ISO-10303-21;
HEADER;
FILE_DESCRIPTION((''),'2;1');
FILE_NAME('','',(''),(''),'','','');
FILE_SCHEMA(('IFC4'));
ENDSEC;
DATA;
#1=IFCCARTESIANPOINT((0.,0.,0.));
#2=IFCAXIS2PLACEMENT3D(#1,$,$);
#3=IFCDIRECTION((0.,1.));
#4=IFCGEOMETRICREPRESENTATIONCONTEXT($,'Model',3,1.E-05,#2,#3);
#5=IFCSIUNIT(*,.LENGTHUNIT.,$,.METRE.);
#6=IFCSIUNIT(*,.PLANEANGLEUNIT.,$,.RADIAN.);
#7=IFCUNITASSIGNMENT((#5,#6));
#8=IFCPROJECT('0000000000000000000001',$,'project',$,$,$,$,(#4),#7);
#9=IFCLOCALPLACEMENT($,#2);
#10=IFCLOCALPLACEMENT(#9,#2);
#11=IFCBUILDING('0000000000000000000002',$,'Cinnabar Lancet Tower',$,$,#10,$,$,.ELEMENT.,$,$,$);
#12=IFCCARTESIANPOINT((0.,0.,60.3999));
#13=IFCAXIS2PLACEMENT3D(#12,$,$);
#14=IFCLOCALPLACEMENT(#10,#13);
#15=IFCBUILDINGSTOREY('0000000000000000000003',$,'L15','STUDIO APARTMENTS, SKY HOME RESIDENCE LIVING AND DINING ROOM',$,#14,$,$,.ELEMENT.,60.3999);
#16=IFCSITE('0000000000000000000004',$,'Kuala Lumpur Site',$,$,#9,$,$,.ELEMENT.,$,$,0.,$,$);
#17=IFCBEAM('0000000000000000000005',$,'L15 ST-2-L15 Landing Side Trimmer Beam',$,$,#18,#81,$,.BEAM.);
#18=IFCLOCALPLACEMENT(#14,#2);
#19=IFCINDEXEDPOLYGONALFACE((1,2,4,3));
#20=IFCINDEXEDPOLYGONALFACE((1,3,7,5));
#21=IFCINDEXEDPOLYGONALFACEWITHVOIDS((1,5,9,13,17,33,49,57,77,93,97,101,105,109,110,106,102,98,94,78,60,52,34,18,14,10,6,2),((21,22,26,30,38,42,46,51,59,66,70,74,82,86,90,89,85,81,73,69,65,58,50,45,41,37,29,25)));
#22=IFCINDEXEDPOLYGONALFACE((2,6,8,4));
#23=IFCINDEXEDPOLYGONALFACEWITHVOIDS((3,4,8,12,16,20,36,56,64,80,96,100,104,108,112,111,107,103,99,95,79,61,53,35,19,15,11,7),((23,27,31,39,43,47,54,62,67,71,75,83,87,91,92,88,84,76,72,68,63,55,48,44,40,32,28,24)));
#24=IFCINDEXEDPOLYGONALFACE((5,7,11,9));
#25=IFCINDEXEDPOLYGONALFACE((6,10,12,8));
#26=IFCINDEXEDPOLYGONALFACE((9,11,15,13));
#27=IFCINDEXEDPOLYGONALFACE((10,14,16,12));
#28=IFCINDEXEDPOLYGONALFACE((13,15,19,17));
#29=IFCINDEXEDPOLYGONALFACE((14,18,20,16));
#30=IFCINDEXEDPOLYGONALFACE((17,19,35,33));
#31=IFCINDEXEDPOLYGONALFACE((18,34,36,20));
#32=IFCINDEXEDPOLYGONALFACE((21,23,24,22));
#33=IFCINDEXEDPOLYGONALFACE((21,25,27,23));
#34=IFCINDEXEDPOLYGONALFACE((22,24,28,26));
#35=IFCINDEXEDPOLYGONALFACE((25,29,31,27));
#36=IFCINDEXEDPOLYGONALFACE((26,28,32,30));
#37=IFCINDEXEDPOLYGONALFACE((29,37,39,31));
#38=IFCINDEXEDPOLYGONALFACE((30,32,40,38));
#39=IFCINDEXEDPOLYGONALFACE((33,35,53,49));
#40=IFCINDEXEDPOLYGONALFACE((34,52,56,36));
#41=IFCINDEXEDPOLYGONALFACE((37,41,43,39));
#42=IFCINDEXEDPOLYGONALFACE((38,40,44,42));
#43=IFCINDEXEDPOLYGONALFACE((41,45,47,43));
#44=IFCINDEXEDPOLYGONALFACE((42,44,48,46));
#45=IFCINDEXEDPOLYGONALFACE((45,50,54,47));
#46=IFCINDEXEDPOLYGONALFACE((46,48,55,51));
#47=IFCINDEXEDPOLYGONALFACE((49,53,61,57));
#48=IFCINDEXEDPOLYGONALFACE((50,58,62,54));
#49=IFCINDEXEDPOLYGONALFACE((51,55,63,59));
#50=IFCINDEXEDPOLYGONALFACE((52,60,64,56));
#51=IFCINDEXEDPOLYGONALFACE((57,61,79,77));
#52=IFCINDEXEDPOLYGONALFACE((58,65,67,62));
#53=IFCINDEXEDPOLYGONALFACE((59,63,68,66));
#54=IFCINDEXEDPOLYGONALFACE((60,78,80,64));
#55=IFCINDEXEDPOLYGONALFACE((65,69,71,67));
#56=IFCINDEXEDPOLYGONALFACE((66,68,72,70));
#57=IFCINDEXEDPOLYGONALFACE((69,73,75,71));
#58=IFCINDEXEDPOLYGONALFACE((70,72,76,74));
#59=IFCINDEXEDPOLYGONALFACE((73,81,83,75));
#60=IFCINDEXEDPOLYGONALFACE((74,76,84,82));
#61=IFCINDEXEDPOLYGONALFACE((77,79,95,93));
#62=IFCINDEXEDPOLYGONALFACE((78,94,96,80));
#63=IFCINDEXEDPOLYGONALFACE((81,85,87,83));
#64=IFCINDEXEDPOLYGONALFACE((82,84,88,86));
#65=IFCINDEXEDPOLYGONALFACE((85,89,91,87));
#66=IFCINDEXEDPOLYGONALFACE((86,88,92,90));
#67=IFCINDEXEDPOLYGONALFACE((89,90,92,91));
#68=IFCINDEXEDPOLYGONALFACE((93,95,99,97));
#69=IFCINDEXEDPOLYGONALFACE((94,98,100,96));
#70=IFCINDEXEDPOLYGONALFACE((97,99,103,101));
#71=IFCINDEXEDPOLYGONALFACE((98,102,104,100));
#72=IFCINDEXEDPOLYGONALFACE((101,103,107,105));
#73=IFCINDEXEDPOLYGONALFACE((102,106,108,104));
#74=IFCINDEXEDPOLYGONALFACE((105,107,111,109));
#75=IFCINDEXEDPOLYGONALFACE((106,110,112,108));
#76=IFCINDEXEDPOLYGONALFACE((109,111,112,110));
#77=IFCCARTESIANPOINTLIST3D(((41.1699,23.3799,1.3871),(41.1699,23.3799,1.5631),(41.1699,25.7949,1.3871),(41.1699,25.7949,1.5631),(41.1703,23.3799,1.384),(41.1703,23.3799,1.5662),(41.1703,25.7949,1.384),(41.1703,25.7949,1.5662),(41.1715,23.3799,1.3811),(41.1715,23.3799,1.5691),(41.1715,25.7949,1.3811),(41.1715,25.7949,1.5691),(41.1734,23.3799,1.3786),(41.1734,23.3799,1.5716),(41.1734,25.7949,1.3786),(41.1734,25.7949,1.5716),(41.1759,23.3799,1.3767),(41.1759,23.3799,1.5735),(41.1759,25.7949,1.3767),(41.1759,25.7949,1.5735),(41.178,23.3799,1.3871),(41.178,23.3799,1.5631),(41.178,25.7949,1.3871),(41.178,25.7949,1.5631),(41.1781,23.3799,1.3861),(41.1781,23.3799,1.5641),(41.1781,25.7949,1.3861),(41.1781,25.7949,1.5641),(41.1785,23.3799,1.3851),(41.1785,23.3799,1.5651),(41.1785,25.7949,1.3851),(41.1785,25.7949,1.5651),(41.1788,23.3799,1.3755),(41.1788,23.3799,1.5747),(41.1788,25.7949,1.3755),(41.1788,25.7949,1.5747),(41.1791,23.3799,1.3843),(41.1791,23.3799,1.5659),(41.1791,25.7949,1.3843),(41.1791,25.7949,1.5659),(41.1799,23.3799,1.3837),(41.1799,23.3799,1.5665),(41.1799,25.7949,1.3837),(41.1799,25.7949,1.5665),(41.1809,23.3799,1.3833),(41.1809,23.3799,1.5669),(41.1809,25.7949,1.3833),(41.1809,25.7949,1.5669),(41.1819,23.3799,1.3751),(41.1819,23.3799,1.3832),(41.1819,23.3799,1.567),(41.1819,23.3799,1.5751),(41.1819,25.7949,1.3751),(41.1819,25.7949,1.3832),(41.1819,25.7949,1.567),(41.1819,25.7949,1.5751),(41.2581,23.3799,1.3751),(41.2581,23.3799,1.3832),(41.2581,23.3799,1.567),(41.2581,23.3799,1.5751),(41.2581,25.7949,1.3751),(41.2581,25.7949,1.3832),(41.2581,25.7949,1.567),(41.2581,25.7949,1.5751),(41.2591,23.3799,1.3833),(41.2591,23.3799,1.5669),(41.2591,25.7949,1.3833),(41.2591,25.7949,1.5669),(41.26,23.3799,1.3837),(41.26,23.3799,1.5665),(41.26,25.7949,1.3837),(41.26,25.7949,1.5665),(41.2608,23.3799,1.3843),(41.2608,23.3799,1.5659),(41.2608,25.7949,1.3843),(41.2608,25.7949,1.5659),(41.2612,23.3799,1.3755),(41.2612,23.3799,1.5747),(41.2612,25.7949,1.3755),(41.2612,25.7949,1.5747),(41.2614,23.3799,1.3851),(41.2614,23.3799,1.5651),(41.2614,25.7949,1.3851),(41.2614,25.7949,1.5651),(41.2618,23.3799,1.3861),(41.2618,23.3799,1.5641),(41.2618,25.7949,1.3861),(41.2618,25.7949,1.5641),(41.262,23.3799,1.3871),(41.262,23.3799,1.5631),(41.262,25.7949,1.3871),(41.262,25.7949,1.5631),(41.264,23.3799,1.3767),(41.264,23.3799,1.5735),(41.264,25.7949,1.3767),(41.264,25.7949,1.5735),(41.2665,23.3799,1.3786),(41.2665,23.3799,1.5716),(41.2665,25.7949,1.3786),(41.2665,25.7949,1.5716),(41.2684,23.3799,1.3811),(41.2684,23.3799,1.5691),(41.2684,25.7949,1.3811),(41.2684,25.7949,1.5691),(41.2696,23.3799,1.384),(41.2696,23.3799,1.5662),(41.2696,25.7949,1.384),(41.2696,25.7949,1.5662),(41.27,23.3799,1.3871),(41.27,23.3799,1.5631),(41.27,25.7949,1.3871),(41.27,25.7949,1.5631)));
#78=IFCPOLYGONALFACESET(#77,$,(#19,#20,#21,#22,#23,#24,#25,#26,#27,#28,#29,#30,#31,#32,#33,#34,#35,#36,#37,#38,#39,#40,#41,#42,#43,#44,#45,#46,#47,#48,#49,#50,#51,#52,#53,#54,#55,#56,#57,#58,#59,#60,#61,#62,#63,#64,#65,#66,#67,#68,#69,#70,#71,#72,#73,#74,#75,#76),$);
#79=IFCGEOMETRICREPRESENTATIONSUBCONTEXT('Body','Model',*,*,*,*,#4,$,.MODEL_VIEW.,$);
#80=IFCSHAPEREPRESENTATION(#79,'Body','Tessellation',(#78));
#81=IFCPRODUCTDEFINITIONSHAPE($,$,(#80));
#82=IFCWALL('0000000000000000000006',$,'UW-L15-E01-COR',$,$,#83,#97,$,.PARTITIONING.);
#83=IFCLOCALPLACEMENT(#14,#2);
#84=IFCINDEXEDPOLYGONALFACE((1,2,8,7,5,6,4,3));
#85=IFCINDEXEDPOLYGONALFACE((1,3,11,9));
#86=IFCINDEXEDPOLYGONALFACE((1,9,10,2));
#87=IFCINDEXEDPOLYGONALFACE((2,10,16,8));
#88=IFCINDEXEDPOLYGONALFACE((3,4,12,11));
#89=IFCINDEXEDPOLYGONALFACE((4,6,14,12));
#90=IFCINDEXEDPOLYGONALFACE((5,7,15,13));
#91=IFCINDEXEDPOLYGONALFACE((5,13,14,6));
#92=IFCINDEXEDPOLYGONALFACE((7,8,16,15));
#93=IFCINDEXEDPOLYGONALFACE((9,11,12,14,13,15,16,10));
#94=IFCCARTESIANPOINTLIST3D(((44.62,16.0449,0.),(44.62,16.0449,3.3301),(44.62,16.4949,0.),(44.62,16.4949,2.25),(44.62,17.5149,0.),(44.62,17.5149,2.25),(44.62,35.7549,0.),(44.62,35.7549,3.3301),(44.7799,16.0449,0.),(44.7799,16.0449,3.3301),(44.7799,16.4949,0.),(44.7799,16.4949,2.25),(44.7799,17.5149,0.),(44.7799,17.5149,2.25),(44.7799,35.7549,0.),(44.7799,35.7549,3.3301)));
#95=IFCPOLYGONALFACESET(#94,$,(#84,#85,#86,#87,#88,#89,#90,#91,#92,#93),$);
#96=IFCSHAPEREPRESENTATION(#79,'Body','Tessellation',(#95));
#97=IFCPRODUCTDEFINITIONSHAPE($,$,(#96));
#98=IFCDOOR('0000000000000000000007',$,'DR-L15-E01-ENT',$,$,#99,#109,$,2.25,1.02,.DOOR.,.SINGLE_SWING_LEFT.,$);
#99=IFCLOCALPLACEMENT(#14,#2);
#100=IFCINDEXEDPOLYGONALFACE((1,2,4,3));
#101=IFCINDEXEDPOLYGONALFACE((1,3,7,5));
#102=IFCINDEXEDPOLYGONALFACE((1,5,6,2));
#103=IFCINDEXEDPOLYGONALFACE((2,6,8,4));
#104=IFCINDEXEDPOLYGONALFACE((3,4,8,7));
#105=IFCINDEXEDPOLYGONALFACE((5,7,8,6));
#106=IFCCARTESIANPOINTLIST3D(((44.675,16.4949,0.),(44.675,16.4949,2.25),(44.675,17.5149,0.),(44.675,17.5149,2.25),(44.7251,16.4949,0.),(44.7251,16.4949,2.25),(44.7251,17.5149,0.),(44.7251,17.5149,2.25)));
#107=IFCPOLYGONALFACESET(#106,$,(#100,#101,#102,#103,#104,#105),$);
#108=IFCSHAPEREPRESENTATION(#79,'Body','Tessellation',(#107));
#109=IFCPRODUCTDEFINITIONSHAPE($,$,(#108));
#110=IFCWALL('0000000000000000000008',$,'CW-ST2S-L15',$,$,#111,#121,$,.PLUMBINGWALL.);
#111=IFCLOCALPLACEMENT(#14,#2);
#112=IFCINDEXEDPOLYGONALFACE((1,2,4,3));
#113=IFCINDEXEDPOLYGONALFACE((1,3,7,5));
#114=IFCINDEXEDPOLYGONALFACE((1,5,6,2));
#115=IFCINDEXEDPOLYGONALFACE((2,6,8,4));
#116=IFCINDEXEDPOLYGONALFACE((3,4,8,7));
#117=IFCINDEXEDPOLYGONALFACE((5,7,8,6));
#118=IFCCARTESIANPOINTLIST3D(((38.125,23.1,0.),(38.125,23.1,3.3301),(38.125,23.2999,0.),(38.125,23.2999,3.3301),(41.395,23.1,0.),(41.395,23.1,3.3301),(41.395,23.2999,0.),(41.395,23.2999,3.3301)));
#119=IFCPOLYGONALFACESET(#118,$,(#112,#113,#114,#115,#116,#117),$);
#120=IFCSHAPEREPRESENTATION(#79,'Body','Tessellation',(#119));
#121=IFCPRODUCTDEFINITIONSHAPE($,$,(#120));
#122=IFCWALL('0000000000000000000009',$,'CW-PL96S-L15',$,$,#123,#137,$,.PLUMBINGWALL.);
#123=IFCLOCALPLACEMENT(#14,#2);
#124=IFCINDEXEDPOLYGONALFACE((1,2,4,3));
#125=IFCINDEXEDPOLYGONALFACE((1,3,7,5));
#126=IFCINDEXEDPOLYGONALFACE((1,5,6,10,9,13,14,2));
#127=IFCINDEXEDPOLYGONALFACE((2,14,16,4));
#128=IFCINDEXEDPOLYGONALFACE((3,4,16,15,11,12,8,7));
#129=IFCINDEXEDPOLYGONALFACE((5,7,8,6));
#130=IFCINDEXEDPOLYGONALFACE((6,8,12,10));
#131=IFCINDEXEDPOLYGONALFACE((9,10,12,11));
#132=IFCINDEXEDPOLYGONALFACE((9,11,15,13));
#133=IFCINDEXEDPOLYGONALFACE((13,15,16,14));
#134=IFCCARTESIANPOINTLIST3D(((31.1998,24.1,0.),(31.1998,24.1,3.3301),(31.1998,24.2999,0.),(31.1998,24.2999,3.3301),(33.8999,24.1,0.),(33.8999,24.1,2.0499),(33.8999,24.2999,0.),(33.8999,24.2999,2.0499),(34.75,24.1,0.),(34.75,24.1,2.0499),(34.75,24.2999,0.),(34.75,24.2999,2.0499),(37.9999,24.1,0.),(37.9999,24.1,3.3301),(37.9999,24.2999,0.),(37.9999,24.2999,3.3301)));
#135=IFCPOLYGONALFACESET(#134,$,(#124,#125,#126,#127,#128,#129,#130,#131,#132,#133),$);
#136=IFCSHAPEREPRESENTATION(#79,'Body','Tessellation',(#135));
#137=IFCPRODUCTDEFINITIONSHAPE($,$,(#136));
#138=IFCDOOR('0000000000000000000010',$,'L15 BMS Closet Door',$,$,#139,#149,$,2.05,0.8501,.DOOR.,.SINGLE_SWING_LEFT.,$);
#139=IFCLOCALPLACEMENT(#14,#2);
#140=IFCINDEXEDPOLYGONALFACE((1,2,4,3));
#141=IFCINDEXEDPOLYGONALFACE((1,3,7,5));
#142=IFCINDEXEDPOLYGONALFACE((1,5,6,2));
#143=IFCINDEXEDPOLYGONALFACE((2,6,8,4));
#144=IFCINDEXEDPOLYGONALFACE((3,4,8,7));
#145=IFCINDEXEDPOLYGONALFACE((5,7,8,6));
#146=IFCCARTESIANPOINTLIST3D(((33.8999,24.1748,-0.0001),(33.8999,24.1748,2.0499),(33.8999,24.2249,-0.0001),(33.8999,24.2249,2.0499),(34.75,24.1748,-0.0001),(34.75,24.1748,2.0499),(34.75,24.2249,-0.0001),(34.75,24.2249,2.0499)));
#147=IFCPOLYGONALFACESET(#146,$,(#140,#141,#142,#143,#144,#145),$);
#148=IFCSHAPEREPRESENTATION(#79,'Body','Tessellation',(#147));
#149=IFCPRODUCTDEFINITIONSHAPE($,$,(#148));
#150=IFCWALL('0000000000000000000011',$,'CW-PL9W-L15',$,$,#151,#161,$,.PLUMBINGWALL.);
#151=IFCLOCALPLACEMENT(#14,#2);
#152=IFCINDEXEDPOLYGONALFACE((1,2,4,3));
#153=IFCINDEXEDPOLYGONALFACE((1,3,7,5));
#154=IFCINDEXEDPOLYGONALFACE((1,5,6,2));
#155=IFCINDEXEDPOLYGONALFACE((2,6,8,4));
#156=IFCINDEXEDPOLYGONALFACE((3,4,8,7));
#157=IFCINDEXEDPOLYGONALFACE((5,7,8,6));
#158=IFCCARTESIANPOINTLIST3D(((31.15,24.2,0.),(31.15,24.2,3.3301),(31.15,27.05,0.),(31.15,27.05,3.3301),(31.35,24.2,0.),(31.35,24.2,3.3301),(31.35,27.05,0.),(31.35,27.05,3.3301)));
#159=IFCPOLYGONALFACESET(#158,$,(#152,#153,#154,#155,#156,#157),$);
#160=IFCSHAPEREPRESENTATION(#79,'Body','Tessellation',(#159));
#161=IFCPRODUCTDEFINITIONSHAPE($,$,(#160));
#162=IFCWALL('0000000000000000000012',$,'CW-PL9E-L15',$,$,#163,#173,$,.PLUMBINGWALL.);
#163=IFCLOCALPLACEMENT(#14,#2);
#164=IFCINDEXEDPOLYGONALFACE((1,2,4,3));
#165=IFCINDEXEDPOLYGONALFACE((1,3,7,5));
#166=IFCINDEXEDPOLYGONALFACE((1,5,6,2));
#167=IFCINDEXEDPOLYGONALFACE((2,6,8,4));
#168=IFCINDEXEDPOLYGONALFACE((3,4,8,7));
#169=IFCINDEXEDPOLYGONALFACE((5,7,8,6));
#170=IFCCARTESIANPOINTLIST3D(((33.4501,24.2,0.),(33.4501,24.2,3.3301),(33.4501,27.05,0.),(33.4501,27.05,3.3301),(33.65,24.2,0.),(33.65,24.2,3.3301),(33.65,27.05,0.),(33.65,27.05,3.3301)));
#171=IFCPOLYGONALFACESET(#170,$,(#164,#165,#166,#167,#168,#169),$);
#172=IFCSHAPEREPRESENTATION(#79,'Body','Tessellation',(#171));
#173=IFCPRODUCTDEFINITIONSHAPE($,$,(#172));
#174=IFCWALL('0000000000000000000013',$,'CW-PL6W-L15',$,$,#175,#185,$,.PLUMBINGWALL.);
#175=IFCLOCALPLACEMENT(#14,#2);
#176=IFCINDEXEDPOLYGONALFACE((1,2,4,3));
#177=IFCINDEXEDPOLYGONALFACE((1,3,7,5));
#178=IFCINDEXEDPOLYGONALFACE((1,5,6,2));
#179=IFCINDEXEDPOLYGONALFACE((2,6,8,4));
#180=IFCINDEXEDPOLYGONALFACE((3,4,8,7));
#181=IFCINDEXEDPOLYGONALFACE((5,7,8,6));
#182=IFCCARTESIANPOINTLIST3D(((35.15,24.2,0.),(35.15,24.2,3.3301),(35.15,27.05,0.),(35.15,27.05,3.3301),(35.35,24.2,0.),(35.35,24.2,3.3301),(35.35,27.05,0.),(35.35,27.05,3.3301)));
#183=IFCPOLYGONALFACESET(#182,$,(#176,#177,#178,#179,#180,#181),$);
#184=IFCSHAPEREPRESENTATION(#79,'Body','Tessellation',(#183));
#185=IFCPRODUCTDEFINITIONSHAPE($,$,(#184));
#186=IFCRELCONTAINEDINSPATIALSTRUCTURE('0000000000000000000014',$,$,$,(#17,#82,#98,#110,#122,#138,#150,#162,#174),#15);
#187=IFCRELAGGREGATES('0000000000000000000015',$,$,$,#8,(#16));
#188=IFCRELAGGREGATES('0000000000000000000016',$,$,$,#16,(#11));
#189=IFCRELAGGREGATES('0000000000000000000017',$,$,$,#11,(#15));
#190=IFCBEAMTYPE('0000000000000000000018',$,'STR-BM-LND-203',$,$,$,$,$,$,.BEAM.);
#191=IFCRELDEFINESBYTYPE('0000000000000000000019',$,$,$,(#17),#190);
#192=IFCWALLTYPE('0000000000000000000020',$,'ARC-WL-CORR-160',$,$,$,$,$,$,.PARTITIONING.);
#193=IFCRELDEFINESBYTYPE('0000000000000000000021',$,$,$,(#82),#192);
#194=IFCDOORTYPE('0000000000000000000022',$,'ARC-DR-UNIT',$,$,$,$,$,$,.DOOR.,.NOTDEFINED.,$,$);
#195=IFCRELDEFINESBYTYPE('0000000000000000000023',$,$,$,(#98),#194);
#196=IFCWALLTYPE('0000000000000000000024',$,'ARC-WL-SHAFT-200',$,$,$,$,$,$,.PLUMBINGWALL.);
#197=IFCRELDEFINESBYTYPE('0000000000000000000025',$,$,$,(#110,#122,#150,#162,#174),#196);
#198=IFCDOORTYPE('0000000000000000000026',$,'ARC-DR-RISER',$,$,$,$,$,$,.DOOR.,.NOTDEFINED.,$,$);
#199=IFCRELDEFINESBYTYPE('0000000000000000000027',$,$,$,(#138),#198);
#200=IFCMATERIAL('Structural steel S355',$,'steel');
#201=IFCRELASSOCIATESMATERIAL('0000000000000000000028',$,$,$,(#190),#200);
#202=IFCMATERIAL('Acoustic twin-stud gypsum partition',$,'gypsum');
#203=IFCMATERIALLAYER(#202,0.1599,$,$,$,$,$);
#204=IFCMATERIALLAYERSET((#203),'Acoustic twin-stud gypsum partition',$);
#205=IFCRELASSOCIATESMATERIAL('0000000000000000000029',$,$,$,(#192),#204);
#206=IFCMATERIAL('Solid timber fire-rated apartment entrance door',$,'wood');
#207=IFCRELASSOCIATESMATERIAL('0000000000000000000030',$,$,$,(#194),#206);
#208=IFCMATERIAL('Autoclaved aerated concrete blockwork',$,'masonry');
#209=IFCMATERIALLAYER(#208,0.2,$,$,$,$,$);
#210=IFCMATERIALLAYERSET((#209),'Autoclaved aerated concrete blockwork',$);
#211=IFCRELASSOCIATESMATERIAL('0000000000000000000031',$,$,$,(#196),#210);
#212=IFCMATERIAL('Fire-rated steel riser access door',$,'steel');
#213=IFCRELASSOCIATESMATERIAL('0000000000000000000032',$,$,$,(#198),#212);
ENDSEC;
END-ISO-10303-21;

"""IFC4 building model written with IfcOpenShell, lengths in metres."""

from ifc_helpers import new_model, si_unit, direction, frame, frame_2d, origin, origin_2d, place, context, subcontext, project, spatial, rectangle, hollow_rectangle, extrude, material, layer, layer_set, material_profile, profile_set, type_object, element, fill, save


model = new_model("IFC4")

# Units and contexts
model_context = context("Model", 3, precision=1e-05, world=origin(), true_north=direction((0.0, 1.0)))
body_context = subcontext(model_context, "Body", "Model", "MODEL_VIEW")
ifc_project = project(units=[si_unit("LENGTHUNIT", "METRE"), si_unit("PLANEANGLEUNIT", "RADIAN")], contexts=[model_context])

# Site, building, storey
site_placement = place(None, origin())
site = spatial("IfcSite", under=ifc_project, at=site_placement, Name="Kuala Lumpur Site", CompositionType="ELEMENT", RefElevation=0.0)
building_placement = place(site_placement, origin())
building = spatial("IfcBuilding", under=site, at=building_placement, Name="Cinnabar Lancet Tower", CompositionType="ELEMENT")
storey_placement = place(building_placement, frame((0.0, 0.0, 60.3999)))
storey = spatial("IfcBuildingStorey", under=building, at=storey_placement, Name="L15", Description="STUDIO APARTMENTS, SKY HOME RESIDENCE LIVING AND DINING ROOM", CompositionType="ELEMENT", Elevation=60.3999)

# Beam
ifc_material_1 = material(Name="Structural steel S355", Category="steel")
ifc_material_profile_1 = material_profile(ifc_material_1, hollow_rectangle(XDim=0.1001, YDim=0.2, WallThickness=0.0081, InnerFilletRadius=0.0039, OuterFilletRadius=0.012, at=origin_2d()), Name="RHS 200x100x8")
ifc_profile_set_1 = profile_set([ifc_material_profile_1], Name="Structural steel S355")
beam_type = type_object("IfcBeamType", Name="STR-BM-LND-203", PredefinedType="BEAM", material=ifc_profile_set_1)
beam_placement = place(storey_placement, frame((41.22, 23.3799, 1.4751), z_axis=(0.0, 1.0, 0.0), x_axis=(-1.0, 0.0, 0.0)))
element("IfcBeam", 1, at=beam_placement, inside=storey, type_object=beam_type, Name="L15 ST-2-L15 Landing Side Trimmer Beam", PredefinedType="BEAM", context=body_context, shape_type="SweptSolid", body=[
    extrude(hollow_rectangle(XDim=0.1001, YDim=0.2, WallThickness=0.0081, InnerFilletRadius=0.0039, OuterFilletRadius=0.012, at=origin_2d()), origin(), (0.0, 0.0, 1.0), 2.415),
])

# Wall, opening, door
ifc_material_2 = material(Name="Acoustic twin-stud gypsum partition", Category="gypsum")
ifc_layer_1 = layer(ifc_material_2, 0.1599)
ifc_layer_set_1 = layer_set([ifc_layer_1], Name="Acoustic twin-stud gypsum partition")
wall_type_1 = type_object("IfcWallType", Name="ARC-WL-CORR-160", PredefinedType="PARTITIONING", material=ifc_layer_set_1)
wall_1_placement = place(storey_placement, frame((44.7, 16.0449, 0.0), z_axis=(0.0, 0.0, 1.0), x_axis=(0.0, 1.0, 0.0)))
wall_1 = element("IfcWall", 2, at=wall_1_placement, inside=storey, type_object=wall_type_1, Name="UW-L15-E01-COR", PredefinedType="PARTITIONING", context=body_context, shape_type="SweptSolid", body=[
    extrude(rectangle(XDim=19.71, YDim=0.1599, at=frame_2d((9.855, 0.0))), origin(), (0.0, 0.0, 1.0), 3.3301),
])
opening_1_placement = place(wall_1_placement, frame((0.45, 0.0, 0.0)))
opening_1 = element("IfcOpeningElement", 3, at=opening_1_placement, cuts=wall_1, PredefinedType="OPENING", context=body_context, shape_type="SweptSolid", body=[
    extrude(rectangle(XDim=1.02, YDim=2.25, at=frame_2d((0.51, 1.125))), frame((0.0, 0.0898, 0.0), z_axis=(0.0, -1.0, 0.0), x_axis=(1.0, 0.0, 0.0)), (0.0, 0.0, 1.0), 0.1799),
])
ifc_material_3 = material(Name="Solid timber fire-rated apartment entrance door", Category="wood")
door_type_1 = type_object("IfcDoorType", Name="ARC-DR-UNIT", OperationType="NOTDEFINED", PredefinedType="DOOR", material=ifc_material_3)
door_1_placement = place(opening_1_placement, origin())
door_1 = element("IfcDoor", 4, at=door_1_placement, inside=storey, type_object=door_type_1, Name="DR-L15-E01-ENT", OperationType="SINGLE_SWING_LEFT", OverallHeight=2.25, OverallWidth=1.02, PredefinedType="DOOR", context=body_context, shape_type="SweptSolid", body=[
    extrude(rectangle(XDim=1.02, YDim=2.25, at=frame_2d((0.51, 1.125))), frame((0.0, 0.0249, 0.0), z_axis=(0.0, -1.0, 0.0), x_axis=(1.0, 0.0, 0.0)), (0.0, 0.0, 1.0), 0.05),
])
fill(opening_1, door_1)

# Wall
ifc_material_4 = material(Name="Autoclaved aerated concrete blockwork", Category="masonry")
ifc_layer_2 = layer(ifc_material_4, 0.2)
ifc_layer_set_2 = layer_set([ifc_layer_2], Name="Autoclaved aerated concrete blockwork")
wall_type_2 = type_object("IfcWallType", Name="ARC-WL-SHAFT-200", PredefinedType="PLUMBINGWALL", material=ifc_layer_set_2)
wall_2_placement = place(storey_placement, frame((38.125, 23.2, 0.0), z_axis=(0.0, 0.0, 1.0), x_axis=(1.0, 0.0, 0.0)))
element("IfcWall", 5, at=wall_2_placement, inside=storey, type_object=wall_type_2, Name="CW-ST2S-L15", PredefinedType="PLUMBINGWALL", context=body_context, shape_type="SweptSolid", body=[
    extrude(rectangle(XDim=3.27, YDim=0.2, at=frame_2d((1.635, 0.0))), origin(), (0.0, 0.0, 1.0), 3.3301),
])

# Wall, opening, door
wall_3_placement = place(storey_placement, frame((31.2, 24.2, 0.0), z_axis=(0.0, 0.0, 1.0), x_axis=(1.0, 0.0, 0.0)))
wall_3 = element("IfcWall", 6, at=wall_3_placement, inside=storey, type_object=wall_type_2, Name="CW-PL96S-L15", PredefinedType="PLUMBINGWALL", context=body_context, shape_type="SweptSolid", body=[
    extrude(rectangle(XDim=6.8, YDim=0.2, at=frame_2d((3.3999, 0.0))), origin(), (0.0, 0.0, 1.0), 3.3301),
])
opening_2_placement = place(wall_3_placement, frame((2.7, 0.0, 0.0)))
opening_2 = element("IfcOpeningElement", 7, at=opening_2_placement, cuts=wall_3, PredefinedType="OPENING", context=body_context, shape_type="SweptSolid", body=[
    extrude(rectangle(XDim=0.8501, YDim=2.05, at=frame_2d((0.425, 1.0249))), frame((0.0, 0.1099, 0.0), z_axis=(0.0, -1.0, 0.0), x_axis=(1.0, 0.0, 0.0)), (0.0, 0.0, 1.0), 0.22),
])
ifc_material_5 = material(Name="Fire-rated steel riser access door", Category="steel")
door_type_2 = type_object("IfcDoorType", Name="ARC-DR-RISER", OperationType="NOTDEFINED", PredefinedType="DOOR", material=ifc_material_5)
door_2_placement = place(opening_2_placement, origin())
door_2 = element("IfcDoor", 8, at=door_2_placement, inside=storey, type_object=door_type_2, Name="L15 BMS Closet Door", OperationType="SINGLE_SWING_LEFT", OverallHeight=2.05, OverallWidth=0.8501, PredefinedType="DOOR", context=body_context, shape_type="SweptSolid", body=[
    extrude(rectangle(XDim=0.8501, YDim=2.05, at=frame_2d((0.425, 1.0249))), frame((0.0, 0.0249, 0.0), z_axis=(0.0, -1.0, 0.0), x_axis=(1.0, 0.0, 0.0)), (0.0, 0.0, 1.0), 0.05),
])
fill(opening_2, door_2)

# Walls
for number, where, z_axis, x_axis, name in (
    (9, (31.25, 24.2, 0.0), (0.0, 0.0, 1.0), (0.0, 1.0, 0.0), "CW-PL9W-L15"),
    (10, (33.55, 24.2, 0.0), (0.0, 0.0, 1.0), (0.0, 1.0, 0.0), "CW-PL9E-L15"),
    (11, (35.25, 24.2, 0.0), (0.0, 0.0, 1.0), (0.0, 1.0, 0.0), "CW-PL6W-L15"),
):
    element("IfcWall", number, at=place(storey_placement, frame(where, z_axis=z_axis, x_axis=x_axis)), inside=storey, type_object=wall_type_2, Name=name, PredefinedType="PLUMBINGWALL", context=body_context, shape_type="SweptSolid", body=[
        extrude(rectangle(XDim=2.8501, YDim=0.2, at=frame_2d((1.425, 0.0))), origin(), (0.0, 0.0, 1.0), 3.3301),
    ])

save(model, "model.ifc")
